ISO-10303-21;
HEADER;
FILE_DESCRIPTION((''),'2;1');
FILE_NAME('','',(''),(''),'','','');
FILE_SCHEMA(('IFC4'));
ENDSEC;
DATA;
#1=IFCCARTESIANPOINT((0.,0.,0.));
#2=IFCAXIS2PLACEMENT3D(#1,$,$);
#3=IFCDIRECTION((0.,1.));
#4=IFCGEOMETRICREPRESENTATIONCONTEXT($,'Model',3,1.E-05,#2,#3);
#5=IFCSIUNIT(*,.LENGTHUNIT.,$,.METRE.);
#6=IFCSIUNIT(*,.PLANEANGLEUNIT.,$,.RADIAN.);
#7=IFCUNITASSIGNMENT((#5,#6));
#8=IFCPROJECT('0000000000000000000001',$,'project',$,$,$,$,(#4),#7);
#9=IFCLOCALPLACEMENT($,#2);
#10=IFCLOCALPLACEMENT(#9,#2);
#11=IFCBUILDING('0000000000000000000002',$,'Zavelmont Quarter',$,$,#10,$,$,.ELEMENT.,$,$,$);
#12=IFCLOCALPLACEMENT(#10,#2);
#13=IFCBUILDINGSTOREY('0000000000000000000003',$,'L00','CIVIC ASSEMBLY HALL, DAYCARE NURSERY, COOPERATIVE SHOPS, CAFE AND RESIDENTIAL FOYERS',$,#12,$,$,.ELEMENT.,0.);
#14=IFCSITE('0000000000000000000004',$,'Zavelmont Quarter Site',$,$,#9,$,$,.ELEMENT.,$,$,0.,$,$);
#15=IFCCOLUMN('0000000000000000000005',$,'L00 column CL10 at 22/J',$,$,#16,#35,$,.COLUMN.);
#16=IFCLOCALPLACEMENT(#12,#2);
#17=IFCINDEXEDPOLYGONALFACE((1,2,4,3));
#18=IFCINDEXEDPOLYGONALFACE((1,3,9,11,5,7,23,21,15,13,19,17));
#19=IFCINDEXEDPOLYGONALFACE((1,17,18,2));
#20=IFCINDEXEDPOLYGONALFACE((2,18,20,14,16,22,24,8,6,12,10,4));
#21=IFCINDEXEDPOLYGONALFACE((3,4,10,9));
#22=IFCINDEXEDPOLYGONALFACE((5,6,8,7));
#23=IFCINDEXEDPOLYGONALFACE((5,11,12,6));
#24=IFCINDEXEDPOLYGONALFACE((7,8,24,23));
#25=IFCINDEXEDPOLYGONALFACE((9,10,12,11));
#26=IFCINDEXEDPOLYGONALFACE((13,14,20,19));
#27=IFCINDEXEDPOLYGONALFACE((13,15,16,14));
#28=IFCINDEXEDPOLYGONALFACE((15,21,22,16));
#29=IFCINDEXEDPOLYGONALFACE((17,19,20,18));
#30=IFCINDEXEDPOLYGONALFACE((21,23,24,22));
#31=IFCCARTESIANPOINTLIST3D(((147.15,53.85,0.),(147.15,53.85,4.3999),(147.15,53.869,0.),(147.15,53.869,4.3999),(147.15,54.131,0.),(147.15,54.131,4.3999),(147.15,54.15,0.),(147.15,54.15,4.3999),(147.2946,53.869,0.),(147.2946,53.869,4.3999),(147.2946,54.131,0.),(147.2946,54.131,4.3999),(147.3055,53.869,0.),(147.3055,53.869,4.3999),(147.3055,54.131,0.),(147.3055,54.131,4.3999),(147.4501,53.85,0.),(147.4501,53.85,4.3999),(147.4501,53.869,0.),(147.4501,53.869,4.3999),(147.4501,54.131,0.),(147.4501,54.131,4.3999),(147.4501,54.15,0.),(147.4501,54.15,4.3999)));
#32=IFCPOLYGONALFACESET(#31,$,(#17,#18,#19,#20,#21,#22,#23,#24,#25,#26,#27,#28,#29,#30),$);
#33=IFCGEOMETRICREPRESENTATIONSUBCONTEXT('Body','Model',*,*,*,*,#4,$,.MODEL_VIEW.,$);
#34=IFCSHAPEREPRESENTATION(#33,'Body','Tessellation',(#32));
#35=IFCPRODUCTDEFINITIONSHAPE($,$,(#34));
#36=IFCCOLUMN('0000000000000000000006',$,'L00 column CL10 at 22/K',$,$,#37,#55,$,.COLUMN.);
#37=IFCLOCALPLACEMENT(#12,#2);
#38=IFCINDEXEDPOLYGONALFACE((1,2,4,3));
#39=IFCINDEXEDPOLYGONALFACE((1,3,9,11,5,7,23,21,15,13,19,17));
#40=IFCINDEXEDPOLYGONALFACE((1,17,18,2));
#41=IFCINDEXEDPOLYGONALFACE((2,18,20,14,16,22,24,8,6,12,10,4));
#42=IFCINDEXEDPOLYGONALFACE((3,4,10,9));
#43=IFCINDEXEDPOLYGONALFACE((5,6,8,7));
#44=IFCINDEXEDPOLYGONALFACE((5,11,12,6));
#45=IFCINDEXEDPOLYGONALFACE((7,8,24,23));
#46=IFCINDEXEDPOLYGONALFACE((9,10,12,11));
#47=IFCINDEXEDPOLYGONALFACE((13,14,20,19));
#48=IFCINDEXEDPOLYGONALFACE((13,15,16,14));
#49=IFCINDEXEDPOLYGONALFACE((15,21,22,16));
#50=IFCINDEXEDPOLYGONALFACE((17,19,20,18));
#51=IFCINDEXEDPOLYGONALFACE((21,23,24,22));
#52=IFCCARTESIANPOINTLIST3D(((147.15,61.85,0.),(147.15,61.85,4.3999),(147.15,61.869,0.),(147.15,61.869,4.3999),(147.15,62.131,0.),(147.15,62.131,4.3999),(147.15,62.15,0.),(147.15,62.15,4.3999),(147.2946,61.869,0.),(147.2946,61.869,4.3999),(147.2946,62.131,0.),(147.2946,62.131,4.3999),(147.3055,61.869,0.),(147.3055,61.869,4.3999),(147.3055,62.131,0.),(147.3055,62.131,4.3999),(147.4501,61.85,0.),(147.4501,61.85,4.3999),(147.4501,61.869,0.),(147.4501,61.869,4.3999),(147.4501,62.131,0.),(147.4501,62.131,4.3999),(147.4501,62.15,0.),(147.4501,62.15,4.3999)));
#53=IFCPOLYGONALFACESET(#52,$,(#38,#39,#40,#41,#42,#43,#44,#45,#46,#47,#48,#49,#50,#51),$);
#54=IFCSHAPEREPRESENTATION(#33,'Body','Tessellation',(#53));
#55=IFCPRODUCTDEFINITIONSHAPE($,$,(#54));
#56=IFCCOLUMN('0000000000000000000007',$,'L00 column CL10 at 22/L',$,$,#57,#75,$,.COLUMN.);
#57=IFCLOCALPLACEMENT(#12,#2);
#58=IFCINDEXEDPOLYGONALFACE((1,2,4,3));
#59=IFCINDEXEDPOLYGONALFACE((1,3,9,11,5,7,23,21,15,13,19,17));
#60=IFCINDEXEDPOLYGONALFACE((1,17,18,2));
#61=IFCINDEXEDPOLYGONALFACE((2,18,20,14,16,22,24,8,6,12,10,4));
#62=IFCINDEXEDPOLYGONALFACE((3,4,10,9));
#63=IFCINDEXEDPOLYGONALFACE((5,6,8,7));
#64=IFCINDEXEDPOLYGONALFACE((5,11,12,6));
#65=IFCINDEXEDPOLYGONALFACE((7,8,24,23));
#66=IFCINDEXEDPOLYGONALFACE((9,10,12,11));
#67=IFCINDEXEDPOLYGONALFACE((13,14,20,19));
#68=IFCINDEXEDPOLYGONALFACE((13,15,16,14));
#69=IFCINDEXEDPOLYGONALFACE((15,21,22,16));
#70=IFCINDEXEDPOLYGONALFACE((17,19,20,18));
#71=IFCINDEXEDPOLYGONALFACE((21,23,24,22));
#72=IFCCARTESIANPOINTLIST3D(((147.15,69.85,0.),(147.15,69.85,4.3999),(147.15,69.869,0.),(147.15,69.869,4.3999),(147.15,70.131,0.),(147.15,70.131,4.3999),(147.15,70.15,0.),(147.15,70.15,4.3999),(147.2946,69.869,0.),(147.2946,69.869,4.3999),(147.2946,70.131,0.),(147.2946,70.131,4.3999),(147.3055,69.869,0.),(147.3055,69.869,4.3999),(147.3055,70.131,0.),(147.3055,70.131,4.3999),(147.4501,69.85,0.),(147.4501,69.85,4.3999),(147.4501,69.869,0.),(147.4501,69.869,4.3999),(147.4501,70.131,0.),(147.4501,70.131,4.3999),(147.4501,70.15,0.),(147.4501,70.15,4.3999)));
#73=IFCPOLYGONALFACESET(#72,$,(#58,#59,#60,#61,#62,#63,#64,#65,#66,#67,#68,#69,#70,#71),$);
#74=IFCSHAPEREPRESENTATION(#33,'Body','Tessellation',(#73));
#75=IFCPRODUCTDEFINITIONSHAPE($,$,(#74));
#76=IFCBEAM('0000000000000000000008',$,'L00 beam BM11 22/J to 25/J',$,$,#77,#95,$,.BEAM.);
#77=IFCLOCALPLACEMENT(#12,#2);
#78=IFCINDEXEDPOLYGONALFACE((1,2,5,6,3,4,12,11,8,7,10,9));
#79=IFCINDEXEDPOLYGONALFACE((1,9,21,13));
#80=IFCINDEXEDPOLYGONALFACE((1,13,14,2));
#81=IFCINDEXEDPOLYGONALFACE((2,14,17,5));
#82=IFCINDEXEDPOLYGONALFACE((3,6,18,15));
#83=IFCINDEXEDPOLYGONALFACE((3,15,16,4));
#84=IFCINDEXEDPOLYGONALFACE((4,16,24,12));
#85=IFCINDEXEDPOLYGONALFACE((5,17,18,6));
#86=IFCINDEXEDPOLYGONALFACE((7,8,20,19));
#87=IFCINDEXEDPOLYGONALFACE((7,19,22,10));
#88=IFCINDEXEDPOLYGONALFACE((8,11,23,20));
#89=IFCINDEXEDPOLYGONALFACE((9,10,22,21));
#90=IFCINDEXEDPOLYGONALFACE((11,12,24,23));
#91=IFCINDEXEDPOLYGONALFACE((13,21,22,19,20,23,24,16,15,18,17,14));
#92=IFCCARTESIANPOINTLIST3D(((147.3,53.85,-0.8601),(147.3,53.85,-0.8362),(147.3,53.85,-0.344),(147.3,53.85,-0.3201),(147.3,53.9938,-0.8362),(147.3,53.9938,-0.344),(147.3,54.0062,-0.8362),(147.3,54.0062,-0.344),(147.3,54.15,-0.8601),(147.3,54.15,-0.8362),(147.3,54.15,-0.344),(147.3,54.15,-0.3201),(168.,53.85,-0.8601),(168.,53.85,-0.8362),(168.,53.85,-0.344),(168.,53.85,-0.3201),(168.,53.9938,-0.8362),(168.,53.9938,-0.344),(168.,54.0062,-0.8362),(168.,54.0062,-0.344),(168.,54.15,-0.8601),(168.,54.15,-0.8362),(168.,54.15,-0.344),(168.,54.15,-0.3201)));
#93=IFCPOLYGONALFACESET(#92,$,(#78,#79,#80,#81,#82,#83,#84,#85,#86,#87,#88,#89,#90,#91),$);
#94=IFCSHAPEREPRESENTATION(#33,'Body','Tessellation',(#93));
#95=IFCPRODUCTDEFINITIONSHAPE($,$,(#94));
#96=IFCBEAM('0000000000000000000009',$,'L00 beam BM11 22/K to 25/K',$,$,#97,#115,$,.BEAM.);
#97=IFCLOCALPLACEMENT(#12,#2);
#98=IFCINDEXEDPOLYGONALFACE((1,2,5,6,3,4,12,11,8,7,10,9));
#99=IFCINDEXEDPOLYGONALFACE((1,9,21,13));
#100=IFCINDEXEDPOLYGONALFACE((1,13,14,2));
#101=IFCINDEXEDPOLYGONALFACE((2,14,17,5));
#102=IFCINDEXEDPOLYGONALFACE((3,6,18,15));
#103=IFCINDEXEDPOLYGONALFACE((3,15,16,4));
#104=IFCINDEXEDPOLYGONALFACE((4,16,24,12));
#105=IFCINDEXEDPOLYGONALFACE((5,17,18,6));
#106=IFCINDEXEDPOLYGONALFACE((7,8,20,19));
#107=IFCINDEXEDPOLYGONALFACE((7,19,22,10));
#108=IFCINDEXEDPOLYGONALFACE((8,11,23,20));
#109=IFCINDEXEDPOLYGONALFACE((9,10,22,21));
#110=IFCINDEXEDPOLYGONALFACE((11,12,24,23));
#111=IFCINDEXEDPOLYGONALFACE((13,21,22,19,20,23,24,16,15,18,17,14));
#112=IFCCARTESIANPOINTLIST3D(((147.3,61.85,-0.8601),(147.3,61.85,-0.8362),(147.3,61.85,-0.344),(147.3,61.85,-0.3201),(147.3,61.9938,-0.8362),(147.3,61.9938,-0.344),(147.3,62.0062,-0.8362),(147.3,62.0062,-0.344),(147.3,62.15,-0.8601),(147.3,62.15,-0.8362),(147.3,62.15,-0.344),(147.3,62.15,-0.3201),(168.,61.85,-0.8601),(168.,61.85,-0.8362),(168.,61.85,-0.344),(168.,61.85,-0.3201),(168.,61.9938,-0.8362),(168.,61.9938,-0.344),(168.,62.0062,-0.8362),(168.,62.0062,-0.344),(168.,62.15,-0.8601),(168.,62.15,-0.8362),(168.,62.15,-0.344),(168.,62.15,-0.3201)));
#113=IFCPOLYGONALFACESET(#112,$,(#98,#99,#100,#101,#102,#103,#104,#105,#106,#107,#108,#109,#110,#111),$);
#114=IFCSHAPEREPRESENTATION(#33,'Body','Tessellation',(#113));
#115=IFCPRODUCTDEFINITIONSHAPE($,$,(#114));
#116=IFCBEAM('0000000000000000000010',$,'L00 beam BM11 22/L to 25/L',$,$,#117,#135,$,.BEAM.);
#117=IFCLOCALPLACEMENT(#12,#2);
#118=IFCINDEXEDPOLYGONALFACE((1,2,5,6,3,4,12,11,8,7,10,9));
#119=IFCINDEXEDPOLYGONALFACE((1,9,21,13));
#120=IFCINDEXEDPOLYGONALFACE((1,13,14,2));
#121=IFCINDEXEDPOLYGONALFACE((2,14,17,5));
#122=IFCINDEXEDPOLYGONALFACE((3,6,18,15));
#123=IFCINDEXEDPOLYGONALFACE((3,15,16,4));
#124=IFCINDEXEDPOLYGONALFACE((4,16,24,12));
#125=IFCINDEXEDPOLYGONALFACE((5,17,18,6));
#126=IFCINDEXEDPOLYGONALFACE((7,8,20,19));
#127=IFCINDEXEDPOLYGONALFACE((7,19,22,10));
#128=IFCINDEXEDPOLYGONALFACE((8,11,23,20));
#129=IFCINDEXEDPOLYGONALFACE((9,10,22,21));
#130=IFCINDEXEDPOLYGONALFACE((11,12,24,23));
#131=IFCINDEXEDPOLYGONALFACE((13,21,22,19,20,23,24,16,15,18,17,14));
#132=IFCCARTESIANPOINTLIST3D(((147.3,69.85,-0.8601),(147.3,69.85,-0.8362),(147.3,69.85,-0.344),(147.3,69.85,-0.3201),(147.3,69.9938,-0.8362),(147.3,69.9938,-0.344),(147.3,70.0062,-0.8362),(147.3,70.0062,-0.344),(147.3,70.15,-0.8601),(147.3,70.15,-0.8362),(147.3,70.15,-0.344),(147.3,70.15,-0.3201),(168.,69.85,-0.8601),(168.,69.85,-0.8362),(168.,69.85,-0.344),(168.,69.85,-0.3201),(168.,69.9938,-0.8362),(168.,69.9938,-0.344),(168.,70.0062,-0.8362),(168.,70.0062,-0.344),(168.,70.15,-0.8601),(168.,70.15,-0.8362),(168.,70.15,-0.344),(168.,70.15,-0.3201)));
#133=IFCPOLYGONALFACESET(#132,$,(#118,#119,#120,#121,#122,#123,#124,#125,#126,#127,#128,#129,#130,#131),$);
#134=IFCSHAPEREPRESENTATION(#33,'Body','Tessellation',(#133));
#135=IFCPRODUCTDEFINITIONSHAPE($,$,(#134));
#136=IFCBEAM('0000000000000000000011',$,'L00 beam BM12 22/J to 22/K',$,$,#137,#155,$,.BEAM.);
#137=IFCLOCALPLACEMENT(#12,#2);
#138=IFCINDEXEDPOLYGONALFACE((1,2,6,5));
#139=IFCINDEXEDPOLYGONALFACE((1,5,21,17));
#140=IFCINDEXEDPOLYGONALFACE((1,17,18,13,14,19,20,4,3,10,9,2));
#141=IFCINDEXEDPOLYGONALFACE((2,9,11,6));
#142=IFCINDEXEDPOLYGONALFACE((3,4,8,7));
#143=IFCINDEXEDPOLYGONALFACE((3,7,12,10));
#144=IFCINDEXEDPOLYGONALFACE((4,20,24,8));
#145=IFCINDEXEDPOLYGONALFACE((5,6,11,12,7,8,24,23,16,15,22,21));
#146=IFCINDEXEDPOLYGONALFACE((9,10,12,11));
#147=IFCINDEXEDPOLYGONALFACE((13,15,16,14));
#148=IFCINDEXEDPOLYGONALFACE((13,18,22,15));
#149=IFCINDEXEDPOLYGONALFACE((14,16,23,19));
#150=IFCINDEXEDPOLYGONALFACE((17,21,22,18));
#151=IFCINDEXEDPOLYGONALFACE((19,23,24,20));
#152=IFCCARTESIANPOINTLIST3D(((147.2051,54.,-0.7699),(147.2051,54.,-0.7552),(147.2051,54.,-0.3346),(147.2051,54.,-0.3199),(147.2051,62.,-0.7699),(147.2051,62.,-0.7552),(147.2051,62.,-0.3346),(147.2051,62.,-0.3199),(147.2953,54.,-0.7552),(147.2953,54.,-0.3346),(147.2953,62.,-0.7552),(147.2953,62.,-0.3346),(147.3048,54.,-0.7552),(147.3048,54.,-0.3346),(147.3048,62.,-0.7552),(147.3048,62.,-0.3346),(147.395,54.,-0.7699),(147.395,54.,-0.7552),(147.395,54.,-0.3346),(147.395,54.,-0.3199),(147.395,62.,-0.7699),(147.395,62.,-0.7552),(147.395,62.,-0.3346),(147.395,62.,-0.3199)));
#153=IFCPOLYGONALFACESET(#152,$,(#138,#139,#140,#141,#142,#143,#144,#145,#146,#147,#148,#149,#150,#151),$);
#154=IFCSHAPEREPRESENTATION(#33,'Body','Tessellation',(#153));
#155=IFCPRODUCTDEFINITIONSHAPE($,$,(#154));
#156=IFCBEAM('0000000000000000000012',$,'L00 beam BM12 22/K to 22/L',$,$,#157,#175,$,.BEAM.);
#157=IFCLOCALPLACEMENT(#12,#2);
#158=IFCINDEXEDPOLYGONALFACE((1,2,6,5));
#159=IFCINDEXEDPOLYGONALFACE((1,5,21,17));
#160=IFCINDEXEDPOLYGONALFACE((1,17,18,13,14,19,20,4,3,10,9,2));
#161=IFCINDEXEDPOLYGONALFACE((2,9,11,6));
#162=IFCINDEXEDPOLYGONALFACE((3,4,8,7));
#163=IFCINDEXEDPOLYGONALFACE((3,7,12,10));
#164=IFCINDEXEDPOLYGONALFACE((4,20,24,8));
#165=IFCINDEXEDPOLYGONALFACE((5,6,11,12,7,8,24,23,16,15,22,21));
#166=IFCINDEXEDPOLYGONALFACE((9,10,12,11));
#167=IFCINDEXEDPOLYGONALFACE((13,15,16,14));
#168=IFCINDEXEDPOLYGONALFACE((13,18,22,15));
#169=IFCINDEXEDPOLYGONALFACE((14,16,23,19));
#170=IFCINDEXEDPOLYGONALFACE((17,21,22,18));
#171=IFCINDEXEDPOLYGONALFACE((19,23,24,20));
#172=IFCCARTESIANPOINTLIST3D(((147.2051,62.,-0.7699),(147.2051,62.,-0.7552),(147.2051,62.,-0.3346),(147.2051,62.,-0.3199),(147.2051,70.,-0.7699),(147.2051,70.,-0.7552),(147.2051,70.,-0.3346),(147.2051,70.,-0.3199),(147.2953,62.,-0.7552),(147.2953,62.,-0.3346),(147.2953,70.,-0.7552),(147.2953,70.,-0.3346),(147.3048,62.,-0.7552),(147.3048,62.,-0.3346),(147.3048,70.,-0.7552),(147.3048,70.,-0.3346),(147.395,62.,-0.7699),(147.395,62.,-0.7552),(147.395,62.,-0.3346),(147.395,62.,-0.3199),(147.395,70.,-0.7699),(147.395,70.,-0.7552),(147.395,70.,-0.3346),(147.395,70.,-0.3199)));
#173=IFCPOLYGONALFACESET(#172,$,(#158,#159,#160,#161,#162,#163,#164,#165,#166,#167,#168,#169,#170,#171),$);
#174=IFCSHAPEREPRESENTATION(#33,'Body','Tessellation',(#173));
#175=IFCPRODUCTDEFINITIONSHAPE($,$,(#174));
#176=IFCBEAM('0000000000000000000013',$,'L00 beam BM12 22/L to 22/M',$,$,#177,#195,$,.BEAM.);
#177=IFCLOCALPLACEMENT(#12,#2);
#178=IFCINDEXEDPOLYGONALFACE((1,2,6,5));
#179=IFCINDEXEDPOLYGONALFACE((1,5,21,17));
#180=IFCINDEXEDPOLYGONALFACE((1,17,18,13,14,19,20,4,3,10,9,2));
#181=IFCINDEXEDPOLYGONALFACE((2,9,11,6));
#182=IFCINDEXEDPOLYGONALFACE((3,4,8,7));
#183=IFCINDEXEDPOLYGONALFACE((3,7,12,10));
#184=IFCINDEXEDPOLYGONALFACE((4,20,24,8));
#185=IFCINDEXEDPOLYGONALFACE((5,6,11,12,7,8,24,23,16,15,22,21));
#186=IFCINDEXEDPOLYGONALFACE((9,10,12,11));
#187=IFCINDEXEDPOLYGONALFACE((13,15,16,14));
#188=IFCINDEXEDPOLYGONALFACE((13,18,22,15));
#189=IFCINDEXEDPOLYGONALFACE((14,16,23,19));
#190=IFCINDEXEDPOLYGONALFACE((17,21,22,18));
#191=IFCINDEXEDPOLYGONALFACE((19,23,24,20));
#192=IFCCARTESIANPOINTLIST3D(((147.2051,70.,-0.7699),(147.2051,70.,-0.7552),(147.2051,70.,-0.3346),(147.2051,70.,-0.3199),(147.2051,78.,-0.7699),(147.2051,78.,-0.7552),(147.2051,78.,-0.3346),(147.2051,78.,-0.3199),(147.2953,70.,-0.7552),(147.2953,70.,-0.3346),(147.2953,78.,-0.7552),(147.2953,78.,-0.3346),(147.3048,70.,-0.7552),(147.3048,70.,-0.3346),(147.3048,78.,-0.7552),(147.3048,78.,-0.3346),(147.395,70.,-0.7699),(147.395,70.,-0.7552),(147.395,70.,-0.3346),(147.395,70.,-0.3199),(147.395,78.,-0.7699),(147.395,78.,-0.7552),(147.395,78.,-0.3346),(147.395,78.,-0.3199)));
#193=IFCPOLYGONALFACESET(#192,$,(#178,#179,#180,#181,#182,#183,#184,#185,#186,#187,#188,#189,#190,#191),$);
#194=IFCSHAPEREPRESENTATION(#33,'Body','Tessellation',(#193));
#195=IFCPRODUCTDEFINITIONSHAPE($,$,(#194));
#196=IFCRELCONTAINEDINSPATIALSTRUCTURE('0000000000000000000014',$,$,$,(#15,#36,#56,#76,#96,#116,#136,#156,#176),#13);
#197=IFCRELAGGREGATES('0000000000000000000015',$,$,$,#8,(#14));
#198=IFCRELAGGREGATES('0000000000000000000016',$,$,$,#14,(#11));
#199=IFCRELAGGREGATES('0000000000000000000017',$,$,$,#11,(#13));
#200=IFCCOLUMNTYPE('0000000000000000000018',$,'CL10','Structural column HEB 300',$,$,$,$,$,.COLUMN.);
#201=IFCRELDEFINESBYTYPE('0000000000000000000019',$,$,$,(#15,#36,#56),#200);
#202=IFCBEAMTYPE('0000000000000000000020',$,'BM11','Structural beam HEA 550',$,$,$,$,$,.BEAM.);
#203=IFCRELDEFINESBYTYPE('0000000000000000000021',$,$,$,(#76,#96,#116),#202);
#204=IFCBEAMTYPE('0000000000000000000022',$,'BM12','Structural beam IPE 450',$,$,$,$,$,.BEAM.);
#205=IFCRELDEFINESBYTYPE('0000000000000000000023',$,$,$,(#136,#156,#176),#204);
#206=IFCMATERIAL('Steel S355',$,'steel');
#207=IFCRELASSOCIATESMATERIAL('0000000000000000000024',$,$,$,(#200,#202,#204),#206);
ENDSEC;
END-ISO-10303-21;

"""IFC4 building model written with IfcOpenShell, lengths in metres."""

from ifc_helpers import new_model, si_unit, direction, frame, origin, origin_2d, place, context, subcontext, project, spatial, i_section, extrude, material, material_profile, profile_set, type_object, element, save


model = new_model("IFC4")

# Units and contexts
model_context = context("Model", 3, precision=1e-05, world=origin(), true_north=direction((0.0, 1.0)))
body_context = subcontext(model_context, "Body", "Model", "MODEL_VIEW")
ifc_project = project(units=[si_unit("LENGTHUNIT", "METRE"), si_unit("PLANEANGLEUNIT", "RADIAN")], contexts=[model_context])

# Site, building, storey
site_placement = place(None, origin())
site = spatial("IfcSite", under=ifc_project, at=site_placement, Name="Zavelmont Quarter Site", CompositionType="ELEMENT", RefElevation=0.0)
building_placement = place(site_placement, origin())
building = spatial("IfcBuilding", under=site, at=building_placement, Name="Zavelmont Quarter", CompositionType="ELEMENT")
storey_placement = place(building_placement, origin())
storey = spatial("IfcBuildingStorey", under=building, at=storey_placement, Name="L00", Description="CIVIC ASSEMBLY HALL, DAYCARE NURSERY, COOPERATIVE SHOPS, CAFE AND RESIDENTIAL FOYERS", CompositionType="ELEMENT", Elevation=0.0)

# Columns
ifc_material_1 = material(Name="Steel S355", Category="steel")
ifc_material_profile_1 = material_profile(ifc_material_1, i_section(OverallWidth=0.3, OverallDepth=0.3, WebThickness=0.011, FlangeThickness=0.019, at=origin_2d()), Name="HEB 300")
ifc_profile_set_1 = profile_set([ifc_material_profile_1], Name="Steel S355")
column_type = type_object("IfcColumnType", Name="CL10", Description="Structural column HEB 300", PredefinedType="COLUMN", material=ifc_profile_set_1)
for number, where, z_axis, x_axis, name in (
    (1, (147.3, 54.0, 0.0), (0.0, 0.0, 1.0), (1.0, 0.0, 0.0), "L00 column CL10 at 22/J"),
    (2, (147.3, 62.0, 0.0), (0.0, 0.0, 1.0), (1.0, 0.0, 0.0), "L00 column CL10 at 22/K"),
    (3, (147.3, 70.0, 0.0), (0.0, 0.0, 1.0), (1.0, 0.0, 0.0), "L00 column CL10 at 22/L"),
):
    element("IfcColumn", number, at=place(storey_placement, frame(where, z_axis=z_axis, x_axis=x_axis)), inside=storey, type_object=column_type, Name=name, PredefinedType="COLUMN", context=body_context, shape_type="SweptSolid", body=[
        extrude(i_section(OverallWidth=0.3, OverallDepth=0.3, WebThickness=0.011, FlangeThickness=0.019, at=origin_2d()), origin(), (0.0, 0.0, 1.0), 4.3999),
    ])

# Beams
ifc_material_profile_2 = material_profile(ifc_material_1, i_section(OverallWidth=0.3, OverallDepth=0.54, WebThickness=0.0125, FlangeThickness=0.0239, at=origin_2d()), Name="HEA 550")
ifc_profile_set_2 = profile_set([ifc_material_profile_2], Name="Steel S355")
beam_type_1 = type_object("IfcBeamType", Name="BM11", Description="Structural beam HEA 550", PredefinedType="BEAM", material=ifc_profile_set_2)
for number, where, z_axis, x_axis, name in (
    (4, (147.3, 54.0, -0.5901), (1.0, 0.0, 0.0), (0.0, 1.0, 0.0), "L00 beam BM11 22/J to 25/J"),
    (5, (147.3, 62.0, -0.5901), (1.0, 0.0, 0.0), (0.0, 1.0, 0.0), "L00 beam BM11 22/K to 25/K"),
    (6, (147.3, 70.0, -0.5901), (1.0, 0.0, 0.0), (0.0, 1.0, 0.0), "L00 beam BM11 22/L to 25/L"),
):
    element("IfcBeam", number, at=place(storey_placement, frame(where, z_axis=z_axis, x_axis=x_axis)), inside=storey, type_object=beam_type_1, Name=name, PredefinedType="BEAM", context=body_context, shape_type="SweptSolid", body=[
        extrude(i_section(OverallWidth=0.3, OverallDepth=0.54, WebThickness=0.0125, FlangeThickness=0.0239, at=origin_2d()), origin(), (0.0, 0.0, 1.0), 20.7),
    ])
ifc_material_profile_3 = material_profile(ifc_material_1, i_section(OverallWidth=0.1899, OverallDepth=0.45, WebThickness=0.0095, FlangeThickness=0.0146, at=origin_2d()), Name="IPE 450")
ifc_profile_set_3 = profile_set([ifc_material_profile_3], Name="Steel S355")
beam_type_2 = type_object("IfcBeamType", Name="BM12", Description="Structural beam IPE 450", PredefinedType="BEAM", material=ifc_profile_set_3)
for number, where, z_axis, x_axis, name in (
    (7, (147.3, 54.0, -0.5449), (0.0, 1.0, 0.0), (-1.0, 0.0, 0.0), "L00 beam BM12 22/J to 22/K"),
    (8, (147.3, 62.0, -0.5449), (0.0, 1.0, 0.0), (-1.0, 0.0, 0.0), "L00 beam BM12 22/K to 22/L"),
    (9, (147.3, 70.0, -0.5449), (0.0, 1.0, 0.0), (-1.0, 0.0, 0.0), "L00 beam BM12 22/L to 22/M"),
):
    element("IfcBeam", number, at=place(storey_placement, frame(where, z_axis=z_axis, x_axis=x_axis)), inside=storey, type_object=beam_type_2, Name=name, PredefinedType="BEAM", context=body_context, shape_type="SweptSolid", body=[
        extrude(i_section(OverallWidth=0.1899, OverallDepth=0.45, WebThickness=0.0095, FlangeThickness=0.0146, at=origin_2d()), origin(), (0.0, 0.0, 1.0), 8.0),
    ])

save(model, "model.ifc")
